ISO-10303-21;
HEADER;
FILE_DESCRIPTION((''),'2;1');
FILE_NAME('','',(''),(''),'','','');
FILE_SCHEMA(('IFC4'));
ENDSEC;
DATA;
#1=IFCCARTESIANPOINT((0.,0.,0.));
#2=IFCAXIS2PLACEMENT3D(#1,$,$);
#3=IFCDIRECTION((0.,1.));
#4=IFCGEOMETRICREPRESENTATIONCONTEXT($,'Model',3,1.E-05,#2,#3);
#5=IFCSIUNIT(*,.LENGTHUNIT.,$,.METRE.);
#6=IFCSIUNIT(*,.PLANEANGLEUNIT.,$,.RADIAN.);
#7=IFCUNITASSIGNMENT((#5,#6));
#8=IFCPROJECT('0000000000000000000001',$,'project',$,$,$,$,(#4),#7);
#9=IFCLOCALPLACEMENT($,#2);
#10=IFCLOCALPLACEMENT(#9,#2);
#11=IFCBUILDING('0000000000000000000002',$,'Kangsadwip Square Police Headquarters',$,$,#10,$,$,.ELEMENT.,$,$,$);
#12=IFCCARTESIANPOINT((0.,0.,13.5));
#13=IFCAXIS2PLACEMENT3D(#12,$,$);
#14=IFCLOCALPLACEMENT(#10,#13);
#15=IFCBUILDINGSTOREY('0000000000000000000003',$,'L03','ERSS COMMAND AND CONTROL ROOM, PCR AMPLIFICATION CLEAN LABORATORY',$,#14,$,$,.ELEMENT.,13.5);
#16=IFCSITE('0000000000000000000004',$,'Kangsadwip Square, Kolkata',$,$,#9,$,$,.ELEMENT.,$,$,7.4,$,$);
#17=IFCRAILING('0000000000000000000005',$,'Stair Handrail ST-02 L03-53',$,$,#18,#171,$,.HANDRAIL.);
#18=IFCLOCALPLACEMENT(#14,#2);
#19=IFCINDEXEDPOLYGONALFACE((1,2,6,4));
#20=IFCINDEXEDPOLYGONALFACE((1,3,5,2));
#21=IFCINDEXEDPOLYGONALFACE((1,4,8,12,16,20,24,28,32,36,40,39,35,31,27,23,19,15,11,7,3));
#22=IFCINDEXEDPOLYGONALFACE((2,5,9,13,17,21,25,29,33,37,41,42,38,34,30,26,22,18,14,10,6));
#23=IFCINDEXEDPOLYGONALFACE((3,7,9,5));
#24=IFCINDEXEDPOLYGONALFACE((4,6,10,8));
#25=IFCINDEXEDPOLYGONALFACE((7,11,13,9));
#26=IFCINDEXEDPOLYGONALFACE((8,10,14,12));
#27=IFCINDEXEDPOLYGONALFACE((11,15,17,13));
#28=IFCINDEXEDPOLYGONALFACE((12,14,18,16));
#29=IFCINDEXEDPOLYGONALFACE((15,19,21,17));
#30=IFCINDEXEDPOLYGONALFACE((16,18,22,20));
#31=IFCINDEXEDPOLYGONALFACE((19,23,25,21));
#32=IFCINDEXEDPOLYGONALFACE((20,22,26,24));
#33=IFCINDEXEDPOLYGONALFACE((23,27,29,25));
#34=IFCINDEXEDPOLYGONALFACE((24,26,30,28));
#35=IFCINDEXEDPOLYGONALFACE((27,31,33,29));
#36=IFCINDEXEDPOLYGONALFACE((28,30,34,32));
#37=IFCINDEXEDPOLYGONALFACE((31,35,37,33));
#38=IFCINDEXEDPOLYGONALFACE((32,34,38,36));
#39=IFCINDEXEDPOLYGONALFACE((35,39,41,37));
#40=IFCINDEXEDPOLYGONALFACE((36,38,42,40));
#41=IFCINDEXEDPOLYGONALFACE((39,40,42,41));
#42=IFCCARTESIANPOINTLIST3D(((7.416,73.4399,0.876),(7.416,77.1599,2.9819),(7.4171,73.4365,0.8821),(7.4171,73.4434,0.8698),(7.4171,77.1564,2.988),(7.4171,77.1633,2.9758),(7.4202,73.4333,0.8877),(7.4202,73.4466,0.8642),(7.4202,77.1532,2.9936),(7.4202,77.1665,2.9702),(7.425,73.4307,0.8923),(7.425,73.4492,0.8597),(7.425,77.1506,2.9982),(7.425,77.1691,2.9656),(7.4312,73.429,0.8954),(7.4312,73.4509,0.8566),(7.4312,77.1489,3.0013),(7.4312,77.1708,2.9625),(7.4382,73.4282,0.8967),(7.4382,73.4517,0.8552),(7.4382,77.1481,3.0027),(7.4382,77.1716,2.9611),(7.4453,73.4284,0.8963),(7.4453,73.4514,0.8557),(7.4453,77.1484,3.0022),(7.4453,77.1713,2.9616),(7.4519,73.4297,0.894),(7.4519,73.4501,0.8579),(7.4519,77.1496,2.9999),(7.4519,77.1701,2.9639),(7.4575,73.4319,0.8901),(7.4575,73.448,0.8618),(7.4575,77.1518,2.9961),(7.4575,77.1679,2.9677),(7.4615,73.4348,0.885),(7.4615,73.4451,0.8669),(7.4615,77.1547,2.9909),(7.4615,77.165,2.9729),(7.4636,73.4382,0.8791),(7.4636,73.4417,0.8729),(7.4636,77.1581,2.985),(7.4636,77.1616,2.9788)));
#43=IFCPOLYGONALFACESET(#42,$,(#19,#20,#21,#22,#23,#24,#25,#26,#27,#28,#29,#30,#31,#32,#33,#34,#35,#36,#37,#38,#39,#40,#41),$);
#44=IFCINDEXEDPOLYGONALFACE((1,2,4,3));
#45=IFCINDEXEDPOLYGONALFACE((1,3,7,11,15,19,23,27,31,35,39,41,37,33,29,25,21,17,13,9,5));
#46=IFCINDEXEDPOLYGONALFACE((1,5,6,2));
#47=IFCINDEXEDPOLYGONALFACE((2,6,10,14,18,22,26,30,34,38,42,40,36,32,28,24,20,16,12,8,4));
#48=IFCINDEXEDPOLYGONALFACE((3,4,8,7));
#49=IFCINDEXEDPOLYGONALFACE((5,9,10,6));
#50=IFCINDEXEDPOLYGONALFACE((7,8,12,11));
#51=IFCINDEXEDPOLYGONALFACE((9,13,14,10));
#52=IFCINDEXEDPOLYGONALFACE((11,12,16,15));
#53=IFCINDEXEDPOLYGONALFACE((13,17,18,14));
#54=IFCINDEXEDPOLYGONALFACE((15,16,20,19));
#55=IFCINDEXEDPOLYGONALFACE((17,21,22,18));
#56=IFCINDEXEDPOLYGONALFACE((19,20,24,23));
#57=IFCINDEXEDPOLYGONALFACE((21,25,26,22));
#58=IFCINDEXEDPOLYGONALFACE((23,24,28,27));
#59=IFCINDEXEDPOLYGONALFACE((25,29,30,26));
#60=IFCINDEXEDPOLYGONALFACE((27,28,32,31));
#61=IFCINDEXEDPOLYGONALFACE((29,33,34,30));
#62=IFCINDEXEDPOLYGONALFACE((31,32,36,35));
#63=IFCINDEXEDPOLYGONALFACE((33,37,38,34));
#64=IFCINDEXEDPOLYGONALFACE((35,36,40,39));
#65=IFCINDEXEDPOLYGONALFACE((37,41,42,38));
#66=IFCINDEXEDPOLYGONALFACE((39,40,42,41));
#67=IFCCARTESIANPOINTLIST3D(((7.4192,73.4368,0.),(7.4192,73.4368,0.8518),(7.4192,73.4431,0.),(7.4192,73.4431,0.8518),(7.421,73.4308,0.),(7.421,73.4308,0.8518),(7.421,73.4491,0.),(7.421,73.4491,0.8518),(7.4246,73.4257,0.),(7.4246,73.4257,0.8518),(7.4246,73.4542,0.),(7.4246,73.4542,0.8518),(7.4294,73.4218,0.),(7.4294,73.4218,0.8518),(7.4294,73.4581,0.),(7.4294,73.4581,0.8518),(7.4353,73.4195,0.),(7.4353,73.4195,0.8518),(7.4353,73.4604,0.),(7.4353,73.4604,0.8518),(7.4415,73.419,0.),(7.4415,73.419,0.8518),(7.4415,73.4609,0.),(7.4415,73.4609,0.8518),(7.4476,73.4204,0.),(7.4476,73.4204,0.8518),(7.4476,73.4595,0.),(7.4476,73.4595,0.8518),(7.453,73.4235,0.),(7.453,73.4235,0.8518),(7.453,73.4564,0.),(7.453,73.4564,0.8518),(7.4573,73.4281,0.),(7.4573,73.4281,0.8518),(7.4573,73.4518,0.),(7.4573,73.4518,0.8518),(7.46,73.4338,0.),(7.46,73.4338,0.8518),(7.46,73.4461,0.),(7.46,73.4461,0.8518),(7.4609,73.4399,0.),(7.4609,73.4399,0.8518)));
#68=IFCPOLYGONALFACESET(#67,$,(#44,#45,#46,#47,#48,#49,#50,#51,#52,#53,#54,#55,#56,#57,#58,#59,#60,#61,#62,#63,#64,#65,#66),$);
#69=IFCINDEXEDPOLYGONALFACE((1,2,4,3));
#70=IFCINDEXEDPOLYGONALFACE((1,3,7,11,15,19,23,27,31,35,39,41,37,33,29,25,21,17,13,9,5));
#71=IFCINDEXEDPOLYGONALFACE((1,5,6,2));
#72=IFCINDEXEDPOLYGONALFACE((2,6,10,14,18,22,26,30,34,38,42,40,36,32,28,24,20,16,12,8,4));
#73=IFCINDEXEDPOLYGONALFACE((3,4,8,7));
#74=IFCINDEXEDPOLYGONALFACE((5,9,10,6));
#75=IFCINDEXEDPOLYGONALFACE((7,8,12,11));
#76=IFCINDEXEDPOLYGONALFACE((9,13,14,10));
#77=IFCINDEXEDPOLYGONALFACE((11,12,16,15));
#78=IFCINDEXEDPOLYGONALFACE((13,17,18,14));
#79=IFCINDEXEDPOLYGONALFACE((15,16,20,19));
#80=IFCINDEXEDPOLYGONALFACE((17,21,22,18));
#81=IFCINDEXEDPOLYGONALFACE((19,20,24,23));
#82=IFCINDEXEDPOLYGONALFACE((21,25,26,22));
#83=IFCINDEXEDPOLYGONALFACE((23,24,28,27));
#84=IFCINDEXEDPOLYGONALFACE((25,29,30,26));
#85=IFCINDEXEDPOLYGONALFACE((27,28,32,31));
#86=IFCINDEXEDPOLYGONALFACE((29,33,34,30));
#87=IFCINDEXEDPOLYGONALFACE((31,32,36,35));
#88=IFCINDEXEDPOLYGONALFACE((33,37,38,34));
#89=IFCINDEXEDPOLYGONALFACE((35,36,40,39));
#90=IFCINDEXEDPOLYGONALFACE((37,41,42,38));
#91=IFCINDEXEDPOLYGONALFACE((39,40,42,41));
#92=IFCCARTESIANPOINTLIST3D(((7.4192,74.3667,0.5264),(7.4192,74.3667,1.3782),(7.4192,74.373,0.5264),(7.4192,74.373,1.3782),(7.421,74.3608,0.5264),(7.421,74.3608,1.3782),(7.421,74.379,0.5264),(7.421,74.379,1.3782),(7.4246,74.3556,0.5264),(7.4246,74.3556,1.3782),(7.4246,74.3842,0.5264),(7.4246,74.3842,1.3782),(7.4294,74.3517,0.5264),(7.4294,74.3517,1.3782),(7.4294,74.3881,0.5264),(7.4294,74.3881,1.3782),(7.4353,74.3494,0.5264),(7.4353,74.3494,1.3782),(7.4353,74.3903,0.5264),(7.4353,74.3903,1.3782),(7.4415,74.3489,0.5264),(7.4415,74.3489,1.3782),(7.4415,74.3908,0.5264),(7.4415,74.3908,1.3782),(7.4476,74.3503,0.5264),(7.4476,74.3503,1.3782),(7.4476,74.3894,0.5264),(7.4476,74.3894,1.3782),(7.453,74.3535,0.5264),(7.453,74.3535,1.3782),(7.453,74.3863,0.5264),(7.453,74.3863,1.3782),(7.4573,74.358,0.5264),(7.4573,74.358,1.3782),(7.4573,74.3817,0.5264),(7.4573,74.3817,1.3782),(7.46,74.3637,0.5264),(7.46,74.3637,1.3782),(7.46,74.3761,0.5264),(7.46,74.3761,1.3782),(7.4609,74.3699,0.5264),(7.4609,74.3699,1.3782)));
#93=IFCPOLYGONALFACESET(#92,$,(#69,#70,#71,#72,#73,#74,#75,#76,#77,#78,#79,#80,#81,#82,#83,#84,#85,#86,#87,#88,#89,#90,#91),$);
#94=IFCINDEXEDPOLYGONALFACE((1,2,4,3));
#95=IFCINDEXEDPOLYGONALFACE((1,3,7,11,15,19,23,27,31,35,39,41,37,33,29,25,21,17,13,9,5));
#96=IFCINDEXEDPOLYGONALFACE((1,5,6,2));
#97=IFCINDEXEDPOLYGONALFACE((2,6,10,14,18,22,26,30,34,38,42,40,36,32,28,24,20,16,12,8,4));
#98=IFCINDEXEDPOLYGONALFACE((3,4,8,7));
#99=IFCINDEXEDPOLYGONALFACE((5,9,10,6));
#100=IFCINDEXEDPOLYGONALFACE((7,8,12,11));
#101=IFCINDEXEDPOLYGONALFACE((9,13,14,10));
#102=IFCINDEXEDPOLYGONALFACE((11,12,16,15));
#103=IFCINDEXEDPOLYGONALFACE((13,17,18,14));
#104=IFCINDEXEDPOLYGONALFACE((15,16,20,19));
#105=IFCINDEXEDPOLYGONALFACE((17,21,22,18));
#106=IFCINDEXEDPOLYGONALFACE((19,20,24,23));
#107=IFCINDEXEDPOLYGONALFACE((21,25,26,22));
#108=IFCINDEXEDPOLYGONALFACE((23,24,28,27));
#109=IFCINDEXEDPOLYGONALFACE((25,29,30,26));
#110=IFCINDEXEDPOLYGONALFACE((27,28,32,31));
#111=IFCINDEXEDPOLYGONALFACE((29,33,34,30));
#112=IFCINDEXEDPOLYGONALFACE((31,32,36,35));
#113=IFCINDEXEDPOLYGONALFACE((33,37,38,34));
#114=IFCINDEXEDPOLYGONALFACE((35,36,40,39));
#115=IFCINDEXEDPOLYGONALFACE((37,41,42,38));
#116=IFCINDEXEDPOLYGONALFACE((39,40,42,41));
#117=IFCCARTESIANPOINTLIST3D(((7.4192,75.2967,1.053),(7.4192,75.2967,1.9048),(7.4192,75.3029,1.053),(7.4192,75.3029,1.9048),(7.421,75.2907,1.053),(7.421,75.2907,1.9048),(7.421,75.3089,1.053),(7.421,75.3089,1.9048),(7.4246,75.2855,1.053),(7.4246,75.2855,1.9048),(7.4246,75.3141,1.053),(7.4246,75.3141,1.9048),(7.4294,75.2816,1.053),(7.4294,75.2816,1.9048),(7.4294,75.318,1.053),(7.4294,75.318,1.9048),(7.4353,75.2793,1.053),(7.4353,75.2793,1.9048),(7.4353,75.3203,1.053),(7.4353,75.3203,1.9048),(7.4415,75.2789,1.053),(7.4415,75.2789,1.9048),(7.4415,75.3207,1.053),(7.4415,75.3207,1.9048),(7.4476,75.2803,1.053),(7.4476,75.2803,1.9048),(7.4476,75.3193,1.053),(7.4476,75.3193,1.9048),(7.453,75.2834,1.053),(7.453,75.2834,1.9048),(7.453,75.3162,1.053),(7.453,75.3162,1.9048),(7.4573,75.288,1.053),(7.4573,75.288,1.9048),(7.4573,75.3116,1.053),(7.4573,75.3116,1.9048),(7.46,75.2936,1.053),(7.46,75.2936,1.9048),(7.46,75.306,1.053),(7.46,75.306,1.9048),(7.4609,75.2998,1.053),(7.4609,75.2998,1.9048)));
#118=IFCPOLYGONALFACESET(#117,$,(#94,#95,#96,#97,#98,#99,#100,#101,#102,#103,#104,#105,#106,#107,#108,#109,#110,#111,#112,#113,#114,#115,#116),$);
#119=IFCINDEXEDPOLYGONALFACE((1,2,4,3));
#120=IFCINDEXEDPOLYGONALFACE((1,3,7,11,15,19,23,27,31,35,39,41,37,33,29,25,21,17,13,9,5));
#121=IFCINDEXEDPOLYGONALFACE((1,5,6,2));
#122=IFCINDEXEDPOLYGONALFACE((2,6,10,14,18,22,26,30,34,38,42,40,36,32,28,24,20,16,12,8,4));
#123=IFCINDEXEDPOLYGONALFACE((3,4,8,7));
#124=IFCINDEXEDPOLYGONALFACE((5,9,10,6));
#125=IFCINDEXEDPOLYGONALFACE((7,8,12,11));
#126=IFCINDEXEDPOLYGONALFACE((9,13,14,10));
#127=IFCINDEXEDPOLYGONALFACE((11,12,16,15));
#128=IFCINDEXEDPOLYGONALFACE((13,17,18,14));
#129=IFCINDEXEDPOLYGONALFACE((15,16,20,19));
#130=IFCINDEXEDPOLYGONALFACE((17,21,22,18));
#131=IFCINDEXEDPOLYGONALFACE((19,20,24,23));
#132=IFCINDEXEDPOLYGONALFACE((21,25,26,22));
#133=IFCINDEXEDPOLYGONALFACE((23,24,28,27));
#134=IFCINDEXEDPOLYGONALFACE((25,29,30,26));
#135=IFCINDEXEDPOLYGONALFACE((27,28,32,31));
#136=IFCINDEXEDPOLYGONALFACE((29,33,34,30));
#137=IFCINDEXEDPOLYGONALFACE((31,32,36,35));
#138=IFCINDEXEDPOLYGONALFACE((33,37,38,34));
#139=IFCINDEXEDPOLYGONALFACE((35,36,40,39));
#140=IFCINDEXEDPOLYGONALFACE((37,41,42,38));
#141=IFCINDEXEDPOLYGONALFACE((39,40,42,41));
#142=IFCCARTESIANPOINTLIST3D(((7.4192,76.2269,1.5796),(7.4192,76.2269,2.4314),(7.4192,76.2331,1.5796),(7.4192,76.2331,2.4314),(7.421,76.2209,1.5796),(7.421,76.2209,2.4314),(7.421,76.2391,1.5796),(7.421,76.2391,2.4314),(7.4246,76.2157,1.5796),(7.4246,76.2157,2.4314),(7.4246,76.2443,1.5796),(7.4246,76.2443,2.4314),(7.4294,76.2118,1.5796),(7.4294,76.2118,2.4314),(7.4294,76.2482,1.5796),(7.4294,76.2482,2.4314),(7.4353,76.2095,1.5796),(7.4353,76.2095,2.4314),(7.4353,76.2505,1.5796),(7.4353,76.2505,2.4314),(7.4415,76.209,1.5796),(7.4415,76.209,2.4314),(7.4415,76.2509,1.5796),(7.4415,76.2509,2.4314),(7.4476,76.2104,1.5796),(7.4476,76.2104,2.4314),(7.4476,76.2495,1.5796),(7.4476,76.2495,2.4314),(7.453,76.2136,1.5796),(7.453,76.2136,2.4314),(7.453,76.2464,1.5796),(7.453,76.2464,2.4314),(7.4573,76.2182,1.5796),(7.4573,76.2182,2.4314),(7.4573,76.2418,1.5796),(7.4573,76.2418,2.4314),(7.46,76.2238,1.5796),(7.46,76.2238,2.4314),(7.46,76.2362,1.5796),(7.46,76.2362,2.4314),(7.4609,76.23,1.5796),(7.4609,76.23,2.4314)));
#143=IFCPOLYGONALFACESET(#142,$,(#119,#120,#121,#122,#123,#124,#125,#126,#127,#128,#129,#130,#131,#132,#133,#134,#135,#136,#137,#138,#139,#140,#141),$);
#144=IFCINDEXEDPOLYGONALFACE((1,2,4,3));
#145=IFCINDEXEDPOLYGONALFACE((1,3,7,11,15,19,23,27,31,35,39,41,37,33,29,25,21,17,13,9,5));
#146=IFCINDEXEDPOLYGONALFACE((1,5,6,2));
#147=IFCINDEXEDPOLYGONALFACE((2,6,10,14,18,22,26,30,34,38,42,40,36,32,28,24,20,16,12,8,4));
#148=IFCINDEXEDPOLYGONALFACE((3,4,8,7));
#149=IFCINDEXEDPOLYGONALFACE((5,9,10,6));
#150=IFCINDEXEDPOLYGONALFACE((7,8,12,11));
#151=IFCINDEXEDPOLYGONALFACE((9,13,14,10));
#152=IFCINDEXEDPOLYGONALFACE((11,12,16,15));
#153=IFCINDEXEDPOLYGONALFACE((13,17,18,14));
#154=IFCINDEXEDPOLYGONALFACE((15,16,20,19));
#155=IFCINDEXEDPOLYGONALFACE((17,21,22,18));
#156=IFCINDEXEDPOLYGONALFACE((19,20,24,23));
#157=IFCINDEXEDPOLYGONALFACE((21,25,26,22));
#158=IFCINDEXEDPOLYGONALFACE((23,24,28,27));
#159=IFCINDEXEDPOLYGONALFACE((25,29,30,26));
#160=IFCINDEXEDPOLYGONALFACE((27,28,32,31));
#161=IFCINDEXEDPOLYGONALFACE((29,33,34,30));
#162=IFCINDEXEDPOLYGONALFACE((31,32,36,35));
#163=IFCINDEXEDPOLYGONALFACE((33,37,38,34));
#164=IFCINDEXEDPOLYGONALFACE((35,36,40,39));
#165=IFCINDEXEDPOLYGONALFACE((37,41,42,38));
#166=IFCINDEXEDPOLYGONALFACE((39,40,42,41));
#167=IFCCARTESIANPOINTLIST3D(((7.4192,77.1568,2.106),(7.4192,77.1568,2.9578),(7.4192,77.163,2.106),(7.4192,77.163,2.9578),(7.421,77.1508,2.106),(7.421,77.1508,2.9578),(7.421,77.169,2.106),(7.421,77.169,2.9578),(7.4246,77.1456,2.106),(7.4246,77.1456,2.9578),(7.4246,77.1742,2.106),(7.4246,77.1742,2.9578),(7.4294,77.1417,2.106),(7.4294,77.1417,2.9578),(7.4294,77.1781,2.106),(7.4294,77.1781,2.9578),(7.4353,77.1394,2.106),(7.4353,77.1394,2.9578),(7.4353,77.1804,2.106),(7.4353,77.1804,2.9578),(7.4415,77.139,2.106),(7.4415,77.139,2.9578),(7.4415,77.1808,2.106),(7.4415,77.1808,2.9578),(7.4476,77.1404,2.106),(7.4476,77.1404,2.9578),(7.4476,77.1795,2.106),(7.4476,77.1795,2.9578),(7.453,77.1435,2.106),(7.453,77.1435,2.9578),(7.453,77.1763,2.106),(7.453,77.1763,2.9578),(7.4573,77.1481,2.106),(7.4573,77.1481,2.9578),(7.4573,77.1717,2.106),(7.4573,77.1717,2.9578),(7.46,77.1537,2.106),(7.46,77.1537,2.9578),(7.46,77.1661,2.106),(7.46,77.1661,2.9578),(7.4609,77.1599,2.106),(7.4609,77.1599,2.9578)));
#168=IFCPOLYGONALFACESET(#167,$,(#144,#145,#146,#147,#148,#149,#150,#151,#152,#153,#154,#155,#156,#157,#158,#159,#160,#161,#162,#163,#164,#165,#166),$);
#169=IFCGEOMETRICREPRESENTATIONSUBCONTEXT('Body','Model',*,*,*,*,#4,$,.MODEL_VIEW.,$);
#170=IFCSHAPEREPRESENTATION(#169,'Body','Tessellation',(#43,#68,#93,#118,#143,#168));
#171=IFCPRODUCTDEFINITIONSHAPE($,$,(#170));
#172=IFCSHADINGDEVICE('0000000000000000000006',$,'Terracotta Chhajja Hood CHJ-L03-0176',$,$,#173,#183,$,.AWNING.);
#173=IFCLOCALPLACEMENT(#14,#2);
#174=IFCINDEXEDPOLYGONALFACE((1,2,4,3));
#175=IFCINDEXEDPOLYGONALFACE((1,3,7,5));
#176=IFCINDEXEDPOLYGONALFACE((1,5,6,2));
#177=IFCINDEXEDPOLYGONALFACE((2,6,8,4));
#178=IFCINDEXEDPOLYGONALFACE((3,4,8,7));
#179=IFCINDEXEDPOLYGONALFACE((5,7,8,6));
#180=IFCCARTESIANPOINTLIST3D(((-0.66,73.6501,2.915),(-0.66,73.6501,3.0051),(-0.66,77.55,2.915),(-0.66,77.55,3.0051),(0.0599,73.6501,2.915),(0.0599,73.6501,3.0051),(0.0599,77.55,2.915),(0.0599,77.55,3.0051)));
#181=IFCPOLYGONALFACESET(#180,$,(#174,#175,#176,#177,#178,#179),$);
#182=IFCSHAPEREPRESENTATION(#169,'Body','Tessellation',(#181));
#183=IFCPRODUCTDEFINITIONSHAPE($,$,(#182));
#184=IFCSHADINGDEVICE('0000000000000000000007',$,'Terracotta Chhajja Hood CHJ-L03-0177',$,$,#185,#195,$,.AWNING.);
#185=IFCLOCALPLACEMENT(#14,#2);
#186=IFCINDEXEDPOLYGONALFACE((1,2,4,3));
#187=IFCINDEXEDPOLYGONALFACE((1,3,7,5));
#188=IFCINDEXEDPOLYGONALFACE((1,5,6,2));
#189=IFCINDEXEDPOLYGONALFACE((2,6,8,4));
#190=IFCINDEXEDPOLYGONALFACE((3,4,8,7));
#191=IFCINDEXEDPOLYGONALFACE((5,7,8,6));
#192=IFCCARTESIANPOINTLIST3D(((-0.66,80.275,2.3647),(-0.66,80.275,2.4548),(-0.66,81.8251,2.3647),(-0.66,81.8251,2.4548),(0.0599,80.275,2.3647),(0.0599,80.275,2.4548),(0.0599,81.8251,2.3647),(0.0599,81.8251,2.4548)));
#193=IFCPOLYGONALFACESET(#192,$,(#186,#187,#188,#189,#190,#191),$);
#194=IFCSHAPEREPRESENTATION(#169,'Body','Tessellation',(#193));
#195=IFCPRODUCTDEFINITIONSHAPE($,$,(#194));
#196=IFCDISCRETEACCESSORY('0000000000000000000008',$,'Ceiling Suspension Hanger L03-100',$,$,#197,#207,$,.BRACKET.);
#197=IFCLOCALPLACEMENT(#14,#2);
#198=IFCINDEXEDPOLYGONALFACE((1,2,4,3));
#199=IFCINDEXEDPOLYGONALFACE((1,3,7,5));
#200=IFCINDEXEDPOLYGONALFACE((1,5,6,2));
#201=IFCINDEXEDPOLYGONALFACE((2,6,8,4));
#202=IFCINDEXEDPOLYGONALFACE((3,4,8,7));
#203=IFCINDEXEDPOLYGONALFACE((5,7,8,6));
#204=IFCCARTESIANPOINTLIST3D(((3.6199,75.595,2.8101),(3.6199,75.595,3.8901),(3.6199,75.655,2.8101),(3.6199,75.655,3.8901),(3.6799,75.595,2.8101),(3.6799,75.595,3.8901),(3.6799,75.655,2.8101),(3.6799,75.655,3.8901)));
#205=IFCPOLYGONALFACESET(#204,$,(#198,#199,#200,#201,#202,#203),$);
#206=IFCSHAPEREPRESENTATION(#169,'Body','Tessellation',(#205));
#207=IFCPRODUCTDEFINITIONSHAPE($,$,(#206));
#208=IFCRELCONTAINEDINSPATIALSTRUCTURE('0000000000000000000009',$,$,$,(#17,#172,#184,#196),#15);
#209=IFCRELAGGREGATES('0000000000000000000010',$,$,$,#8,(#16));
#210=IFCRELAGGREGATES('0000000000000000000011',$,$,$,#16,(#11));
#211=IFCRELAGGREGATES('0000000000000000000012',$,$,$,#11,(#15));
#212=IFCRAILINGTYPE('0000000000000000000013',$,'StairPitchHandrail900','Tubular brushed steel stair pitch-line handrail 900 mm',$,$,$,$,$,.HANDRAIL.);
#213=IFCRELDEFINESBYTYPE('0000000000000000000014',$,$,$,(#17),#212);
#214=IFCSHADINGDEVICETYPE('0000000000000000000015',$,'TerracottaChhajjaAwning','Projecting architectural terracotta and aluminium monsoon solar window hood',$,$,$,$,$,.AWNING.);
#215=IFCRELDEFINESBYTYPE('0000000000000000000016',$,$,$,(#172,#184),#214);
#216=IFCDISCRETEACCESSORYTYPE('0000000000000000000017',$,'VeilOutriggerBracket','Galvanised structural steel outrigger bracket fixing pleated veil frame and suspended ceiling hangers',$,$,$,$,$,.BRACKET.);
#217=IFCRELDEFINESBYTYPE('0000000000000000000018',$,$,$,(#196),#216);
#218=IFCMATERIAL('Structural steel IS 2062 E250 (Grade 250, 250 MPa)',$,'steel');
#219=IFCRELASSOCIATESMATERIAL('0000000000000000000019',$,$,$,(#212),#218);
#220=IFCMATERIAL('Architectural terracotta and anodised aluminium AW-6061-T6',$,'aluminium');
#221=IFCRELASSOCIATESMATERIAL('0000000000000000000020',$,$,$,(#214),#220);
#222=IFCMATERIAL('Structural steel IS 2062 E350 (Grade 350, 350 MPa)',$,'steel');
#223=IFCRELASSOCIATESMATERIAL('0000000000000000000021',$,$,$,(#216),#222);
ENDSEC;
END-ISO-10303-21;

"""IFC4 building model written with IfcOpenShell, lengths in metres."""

from ifc_helpers import new_model, si_unit, direction, frame, origin, origin_2d, place, context, subcontext, project, spatial, rectangle, circle, extrude, material, type_object, element, save


model = new_model("IFC4")

# Units and contexts
model_context = context("Model", 3, precision=1e-05, world=origin(), true_north=direction((0.0, 1.0)))
body_context = subcontext(model_context, "Body", "Model", "MODEL_VIEW")
ifc_project = project(units=[si_unit("LENGTHUNIT", "METRE"), si_unit("PLANEANGLEUNIT", "RADIAN")], contexts=[model_context])

# Site, building, storey
site_placement = place(None, origin())
site = spatial("IfcSite", under=ifc_project, at=site_placement, Name="Kangsadwip Square, Kolkata", CompositionType="ELEMENT", RefElevation=7.4)
building_placement = place(site_placement, origin())
building = spatial("IfcBuilding", under=site, at=building_placement, Name="Kangsadwip Square Police Headquarters", CompositionType="ELEMENT")
storey_placement = place(building_placement, frame((0.0, 0.0, 13.5)))
storey = spatial("IfcBuildingStorey", under=building, at=storey_placement, Name="L03", Description="ERSS COMMAND AND CONTROL ROOM, PCR AMPLIFICATION CLEAN LABORATORY", CompositionType="ELEMENT", Elevation=13.5)

# Railing
ifc_material_1 = material(Name="Structural steel IS 2062 E250 (Grade 250, 250 MPa)", Category="steel")
railing_type_1 = type_object("IfcRailingType", Name="StairPitchHandrail900", Description="Tubular brushed steel stair pitch-line handrail 900 mm", PredefinedType="HANDRAIL", material=ifc_material_1)
railing_placement = place(storey_placement, frame((7.4399, 73.4399, 0.0)))
element("IfcRailing", 1, at=railing_placement, inside=storey, type_object=railing_type_1, Name="Stair Handrail ST-02 L03-53", PredefinedType="HANDRAIL", context=body_context, shape_type="SweptSolid", body=[
    extrude(circle(Radius=0.0239, at=origin_2d()), frame((0.0, 0.0, 0.876), z_axis=(0.0, 0.870225, 0.492654), x_axis=(-1.0, 0.0, 0.0)), (0.0, 0.0, 1.0), 4.2747),
    extrude(circle(Radius=0.021, at=origin_2d()), origin(), (0.0, 0.0, 1.0), 0.8518),
    extrude(circle(Radius=0.021, at=origin_2d()), frame((0.0, 0.9299, 0.5264)), (0.0, 0.0, 1.0), 0.8518),
    extrude(circle(Radius=0.021, at=origin_2d()), frame((0.0, 1.8599, 1.053)), (0.0, 0.0, 1.0), 0.8518),
    extrude(circle(Radius=0.021, at=origin_2d()), frame((0.0, 2.79, 1.5796)), (0.0, 0.0, 1.0), 0.8518),
    extrude(circle(Radius=0.021, at=origin_2d()), frame((0.0, 3.72, 2.106)), (0.0, 0.0, 1.0), 0.8518),
])

# Shading devices
ifc_material_2 = material(Name="Architectural terracotta and anodised aluminium AW-6061-T6", Category="aluminium")
shading_device_type = type_object("IfcShadingDeviceType", Name="TerracottaChhajjaAwning", Description="Projecting architectural terracotta and aluminium monsoon solar window hood", PredefinedType="AWNING", material=ifc_material_2)
shading_device_1_placement = place(storey_placement, frame((-0.3, 75.6001, 2.915), z_axis=(0.0, 0.0, 1.0), x_axis=(0.0, 1.0, 0.0)))
element("IfcShadingDevice", 2, at=shading_device_1_placement, inside=storey, type_object=shading_device_type, Name="Terracotta Chhajja Hood CHJ-L03-0176", PredefinedType="AWNING", context=body_context, shape_type="SweptSolid", body=[
    extrude(rectangle(XDim=3.8999, YDim=0.72, at=origin_2d()), origin(), (0.0, 0.0, 1.0), 0.0901),
])
shading_device_2_placement = place(storey_placement, frame((-0.3, 81.05, 2.3647), z_axis=(0.0, 0.0, 1.0), x_axis=(0.0, 1.0, 0.0)))
element("IfcShadingDevice", 3, at=shading_device_2_placement, inside=storey, type_object=shading_device_type, Name="Terracotta Chhajja Hood CHJ-L03-0177", PredefinedType="AWNING", context=body_context, shape_type="SweptSolid", body=[
    extrude(rectangle(XDim=1.55, YDim=0.72, at=origin_2d()), origin(), (0.0, 0.0, 1.0), 0.0901),
])

# Discrete accessory
ifc_material_3 = material(Name="Structural steel IS 2062 E350 (Grade 350, 350 MPa)", Category="steel")
discrete_accessory_type = type_object("IfcDiscreteAccessoryType", Name="VeilOutriggerBracket", Description="Galvanised structural steel outrigger bracket fixing pleated veil frame and suspended ceiling hangers", PredefinedType="BRACKET", material=ifc_material_3)
discrete_accessory_placement = place(storey_placement, frame((3.6499, 75.625, 2.8101), z_axis=(0.0, 0.0, 1.0), x_axis=(1.0, 0.0, 0.0)))
element("IfcDiscreteAccessory", 4, at=discrete_accessory_placement, inside=storey, type_object=discrete_accessory_type, Name="Ceiling Suspension Hanger L03-100", PredefinedType="BRACKET", context=body_context, shape_type="SweptSolid", body=[
    extrude(rectangle(XDim=0.0601, YDim=0.0601, at=origin_2d()), origin(), (0.0, 0.0, 1.0), 1.0801),
])

save(model, "model.ifc")
